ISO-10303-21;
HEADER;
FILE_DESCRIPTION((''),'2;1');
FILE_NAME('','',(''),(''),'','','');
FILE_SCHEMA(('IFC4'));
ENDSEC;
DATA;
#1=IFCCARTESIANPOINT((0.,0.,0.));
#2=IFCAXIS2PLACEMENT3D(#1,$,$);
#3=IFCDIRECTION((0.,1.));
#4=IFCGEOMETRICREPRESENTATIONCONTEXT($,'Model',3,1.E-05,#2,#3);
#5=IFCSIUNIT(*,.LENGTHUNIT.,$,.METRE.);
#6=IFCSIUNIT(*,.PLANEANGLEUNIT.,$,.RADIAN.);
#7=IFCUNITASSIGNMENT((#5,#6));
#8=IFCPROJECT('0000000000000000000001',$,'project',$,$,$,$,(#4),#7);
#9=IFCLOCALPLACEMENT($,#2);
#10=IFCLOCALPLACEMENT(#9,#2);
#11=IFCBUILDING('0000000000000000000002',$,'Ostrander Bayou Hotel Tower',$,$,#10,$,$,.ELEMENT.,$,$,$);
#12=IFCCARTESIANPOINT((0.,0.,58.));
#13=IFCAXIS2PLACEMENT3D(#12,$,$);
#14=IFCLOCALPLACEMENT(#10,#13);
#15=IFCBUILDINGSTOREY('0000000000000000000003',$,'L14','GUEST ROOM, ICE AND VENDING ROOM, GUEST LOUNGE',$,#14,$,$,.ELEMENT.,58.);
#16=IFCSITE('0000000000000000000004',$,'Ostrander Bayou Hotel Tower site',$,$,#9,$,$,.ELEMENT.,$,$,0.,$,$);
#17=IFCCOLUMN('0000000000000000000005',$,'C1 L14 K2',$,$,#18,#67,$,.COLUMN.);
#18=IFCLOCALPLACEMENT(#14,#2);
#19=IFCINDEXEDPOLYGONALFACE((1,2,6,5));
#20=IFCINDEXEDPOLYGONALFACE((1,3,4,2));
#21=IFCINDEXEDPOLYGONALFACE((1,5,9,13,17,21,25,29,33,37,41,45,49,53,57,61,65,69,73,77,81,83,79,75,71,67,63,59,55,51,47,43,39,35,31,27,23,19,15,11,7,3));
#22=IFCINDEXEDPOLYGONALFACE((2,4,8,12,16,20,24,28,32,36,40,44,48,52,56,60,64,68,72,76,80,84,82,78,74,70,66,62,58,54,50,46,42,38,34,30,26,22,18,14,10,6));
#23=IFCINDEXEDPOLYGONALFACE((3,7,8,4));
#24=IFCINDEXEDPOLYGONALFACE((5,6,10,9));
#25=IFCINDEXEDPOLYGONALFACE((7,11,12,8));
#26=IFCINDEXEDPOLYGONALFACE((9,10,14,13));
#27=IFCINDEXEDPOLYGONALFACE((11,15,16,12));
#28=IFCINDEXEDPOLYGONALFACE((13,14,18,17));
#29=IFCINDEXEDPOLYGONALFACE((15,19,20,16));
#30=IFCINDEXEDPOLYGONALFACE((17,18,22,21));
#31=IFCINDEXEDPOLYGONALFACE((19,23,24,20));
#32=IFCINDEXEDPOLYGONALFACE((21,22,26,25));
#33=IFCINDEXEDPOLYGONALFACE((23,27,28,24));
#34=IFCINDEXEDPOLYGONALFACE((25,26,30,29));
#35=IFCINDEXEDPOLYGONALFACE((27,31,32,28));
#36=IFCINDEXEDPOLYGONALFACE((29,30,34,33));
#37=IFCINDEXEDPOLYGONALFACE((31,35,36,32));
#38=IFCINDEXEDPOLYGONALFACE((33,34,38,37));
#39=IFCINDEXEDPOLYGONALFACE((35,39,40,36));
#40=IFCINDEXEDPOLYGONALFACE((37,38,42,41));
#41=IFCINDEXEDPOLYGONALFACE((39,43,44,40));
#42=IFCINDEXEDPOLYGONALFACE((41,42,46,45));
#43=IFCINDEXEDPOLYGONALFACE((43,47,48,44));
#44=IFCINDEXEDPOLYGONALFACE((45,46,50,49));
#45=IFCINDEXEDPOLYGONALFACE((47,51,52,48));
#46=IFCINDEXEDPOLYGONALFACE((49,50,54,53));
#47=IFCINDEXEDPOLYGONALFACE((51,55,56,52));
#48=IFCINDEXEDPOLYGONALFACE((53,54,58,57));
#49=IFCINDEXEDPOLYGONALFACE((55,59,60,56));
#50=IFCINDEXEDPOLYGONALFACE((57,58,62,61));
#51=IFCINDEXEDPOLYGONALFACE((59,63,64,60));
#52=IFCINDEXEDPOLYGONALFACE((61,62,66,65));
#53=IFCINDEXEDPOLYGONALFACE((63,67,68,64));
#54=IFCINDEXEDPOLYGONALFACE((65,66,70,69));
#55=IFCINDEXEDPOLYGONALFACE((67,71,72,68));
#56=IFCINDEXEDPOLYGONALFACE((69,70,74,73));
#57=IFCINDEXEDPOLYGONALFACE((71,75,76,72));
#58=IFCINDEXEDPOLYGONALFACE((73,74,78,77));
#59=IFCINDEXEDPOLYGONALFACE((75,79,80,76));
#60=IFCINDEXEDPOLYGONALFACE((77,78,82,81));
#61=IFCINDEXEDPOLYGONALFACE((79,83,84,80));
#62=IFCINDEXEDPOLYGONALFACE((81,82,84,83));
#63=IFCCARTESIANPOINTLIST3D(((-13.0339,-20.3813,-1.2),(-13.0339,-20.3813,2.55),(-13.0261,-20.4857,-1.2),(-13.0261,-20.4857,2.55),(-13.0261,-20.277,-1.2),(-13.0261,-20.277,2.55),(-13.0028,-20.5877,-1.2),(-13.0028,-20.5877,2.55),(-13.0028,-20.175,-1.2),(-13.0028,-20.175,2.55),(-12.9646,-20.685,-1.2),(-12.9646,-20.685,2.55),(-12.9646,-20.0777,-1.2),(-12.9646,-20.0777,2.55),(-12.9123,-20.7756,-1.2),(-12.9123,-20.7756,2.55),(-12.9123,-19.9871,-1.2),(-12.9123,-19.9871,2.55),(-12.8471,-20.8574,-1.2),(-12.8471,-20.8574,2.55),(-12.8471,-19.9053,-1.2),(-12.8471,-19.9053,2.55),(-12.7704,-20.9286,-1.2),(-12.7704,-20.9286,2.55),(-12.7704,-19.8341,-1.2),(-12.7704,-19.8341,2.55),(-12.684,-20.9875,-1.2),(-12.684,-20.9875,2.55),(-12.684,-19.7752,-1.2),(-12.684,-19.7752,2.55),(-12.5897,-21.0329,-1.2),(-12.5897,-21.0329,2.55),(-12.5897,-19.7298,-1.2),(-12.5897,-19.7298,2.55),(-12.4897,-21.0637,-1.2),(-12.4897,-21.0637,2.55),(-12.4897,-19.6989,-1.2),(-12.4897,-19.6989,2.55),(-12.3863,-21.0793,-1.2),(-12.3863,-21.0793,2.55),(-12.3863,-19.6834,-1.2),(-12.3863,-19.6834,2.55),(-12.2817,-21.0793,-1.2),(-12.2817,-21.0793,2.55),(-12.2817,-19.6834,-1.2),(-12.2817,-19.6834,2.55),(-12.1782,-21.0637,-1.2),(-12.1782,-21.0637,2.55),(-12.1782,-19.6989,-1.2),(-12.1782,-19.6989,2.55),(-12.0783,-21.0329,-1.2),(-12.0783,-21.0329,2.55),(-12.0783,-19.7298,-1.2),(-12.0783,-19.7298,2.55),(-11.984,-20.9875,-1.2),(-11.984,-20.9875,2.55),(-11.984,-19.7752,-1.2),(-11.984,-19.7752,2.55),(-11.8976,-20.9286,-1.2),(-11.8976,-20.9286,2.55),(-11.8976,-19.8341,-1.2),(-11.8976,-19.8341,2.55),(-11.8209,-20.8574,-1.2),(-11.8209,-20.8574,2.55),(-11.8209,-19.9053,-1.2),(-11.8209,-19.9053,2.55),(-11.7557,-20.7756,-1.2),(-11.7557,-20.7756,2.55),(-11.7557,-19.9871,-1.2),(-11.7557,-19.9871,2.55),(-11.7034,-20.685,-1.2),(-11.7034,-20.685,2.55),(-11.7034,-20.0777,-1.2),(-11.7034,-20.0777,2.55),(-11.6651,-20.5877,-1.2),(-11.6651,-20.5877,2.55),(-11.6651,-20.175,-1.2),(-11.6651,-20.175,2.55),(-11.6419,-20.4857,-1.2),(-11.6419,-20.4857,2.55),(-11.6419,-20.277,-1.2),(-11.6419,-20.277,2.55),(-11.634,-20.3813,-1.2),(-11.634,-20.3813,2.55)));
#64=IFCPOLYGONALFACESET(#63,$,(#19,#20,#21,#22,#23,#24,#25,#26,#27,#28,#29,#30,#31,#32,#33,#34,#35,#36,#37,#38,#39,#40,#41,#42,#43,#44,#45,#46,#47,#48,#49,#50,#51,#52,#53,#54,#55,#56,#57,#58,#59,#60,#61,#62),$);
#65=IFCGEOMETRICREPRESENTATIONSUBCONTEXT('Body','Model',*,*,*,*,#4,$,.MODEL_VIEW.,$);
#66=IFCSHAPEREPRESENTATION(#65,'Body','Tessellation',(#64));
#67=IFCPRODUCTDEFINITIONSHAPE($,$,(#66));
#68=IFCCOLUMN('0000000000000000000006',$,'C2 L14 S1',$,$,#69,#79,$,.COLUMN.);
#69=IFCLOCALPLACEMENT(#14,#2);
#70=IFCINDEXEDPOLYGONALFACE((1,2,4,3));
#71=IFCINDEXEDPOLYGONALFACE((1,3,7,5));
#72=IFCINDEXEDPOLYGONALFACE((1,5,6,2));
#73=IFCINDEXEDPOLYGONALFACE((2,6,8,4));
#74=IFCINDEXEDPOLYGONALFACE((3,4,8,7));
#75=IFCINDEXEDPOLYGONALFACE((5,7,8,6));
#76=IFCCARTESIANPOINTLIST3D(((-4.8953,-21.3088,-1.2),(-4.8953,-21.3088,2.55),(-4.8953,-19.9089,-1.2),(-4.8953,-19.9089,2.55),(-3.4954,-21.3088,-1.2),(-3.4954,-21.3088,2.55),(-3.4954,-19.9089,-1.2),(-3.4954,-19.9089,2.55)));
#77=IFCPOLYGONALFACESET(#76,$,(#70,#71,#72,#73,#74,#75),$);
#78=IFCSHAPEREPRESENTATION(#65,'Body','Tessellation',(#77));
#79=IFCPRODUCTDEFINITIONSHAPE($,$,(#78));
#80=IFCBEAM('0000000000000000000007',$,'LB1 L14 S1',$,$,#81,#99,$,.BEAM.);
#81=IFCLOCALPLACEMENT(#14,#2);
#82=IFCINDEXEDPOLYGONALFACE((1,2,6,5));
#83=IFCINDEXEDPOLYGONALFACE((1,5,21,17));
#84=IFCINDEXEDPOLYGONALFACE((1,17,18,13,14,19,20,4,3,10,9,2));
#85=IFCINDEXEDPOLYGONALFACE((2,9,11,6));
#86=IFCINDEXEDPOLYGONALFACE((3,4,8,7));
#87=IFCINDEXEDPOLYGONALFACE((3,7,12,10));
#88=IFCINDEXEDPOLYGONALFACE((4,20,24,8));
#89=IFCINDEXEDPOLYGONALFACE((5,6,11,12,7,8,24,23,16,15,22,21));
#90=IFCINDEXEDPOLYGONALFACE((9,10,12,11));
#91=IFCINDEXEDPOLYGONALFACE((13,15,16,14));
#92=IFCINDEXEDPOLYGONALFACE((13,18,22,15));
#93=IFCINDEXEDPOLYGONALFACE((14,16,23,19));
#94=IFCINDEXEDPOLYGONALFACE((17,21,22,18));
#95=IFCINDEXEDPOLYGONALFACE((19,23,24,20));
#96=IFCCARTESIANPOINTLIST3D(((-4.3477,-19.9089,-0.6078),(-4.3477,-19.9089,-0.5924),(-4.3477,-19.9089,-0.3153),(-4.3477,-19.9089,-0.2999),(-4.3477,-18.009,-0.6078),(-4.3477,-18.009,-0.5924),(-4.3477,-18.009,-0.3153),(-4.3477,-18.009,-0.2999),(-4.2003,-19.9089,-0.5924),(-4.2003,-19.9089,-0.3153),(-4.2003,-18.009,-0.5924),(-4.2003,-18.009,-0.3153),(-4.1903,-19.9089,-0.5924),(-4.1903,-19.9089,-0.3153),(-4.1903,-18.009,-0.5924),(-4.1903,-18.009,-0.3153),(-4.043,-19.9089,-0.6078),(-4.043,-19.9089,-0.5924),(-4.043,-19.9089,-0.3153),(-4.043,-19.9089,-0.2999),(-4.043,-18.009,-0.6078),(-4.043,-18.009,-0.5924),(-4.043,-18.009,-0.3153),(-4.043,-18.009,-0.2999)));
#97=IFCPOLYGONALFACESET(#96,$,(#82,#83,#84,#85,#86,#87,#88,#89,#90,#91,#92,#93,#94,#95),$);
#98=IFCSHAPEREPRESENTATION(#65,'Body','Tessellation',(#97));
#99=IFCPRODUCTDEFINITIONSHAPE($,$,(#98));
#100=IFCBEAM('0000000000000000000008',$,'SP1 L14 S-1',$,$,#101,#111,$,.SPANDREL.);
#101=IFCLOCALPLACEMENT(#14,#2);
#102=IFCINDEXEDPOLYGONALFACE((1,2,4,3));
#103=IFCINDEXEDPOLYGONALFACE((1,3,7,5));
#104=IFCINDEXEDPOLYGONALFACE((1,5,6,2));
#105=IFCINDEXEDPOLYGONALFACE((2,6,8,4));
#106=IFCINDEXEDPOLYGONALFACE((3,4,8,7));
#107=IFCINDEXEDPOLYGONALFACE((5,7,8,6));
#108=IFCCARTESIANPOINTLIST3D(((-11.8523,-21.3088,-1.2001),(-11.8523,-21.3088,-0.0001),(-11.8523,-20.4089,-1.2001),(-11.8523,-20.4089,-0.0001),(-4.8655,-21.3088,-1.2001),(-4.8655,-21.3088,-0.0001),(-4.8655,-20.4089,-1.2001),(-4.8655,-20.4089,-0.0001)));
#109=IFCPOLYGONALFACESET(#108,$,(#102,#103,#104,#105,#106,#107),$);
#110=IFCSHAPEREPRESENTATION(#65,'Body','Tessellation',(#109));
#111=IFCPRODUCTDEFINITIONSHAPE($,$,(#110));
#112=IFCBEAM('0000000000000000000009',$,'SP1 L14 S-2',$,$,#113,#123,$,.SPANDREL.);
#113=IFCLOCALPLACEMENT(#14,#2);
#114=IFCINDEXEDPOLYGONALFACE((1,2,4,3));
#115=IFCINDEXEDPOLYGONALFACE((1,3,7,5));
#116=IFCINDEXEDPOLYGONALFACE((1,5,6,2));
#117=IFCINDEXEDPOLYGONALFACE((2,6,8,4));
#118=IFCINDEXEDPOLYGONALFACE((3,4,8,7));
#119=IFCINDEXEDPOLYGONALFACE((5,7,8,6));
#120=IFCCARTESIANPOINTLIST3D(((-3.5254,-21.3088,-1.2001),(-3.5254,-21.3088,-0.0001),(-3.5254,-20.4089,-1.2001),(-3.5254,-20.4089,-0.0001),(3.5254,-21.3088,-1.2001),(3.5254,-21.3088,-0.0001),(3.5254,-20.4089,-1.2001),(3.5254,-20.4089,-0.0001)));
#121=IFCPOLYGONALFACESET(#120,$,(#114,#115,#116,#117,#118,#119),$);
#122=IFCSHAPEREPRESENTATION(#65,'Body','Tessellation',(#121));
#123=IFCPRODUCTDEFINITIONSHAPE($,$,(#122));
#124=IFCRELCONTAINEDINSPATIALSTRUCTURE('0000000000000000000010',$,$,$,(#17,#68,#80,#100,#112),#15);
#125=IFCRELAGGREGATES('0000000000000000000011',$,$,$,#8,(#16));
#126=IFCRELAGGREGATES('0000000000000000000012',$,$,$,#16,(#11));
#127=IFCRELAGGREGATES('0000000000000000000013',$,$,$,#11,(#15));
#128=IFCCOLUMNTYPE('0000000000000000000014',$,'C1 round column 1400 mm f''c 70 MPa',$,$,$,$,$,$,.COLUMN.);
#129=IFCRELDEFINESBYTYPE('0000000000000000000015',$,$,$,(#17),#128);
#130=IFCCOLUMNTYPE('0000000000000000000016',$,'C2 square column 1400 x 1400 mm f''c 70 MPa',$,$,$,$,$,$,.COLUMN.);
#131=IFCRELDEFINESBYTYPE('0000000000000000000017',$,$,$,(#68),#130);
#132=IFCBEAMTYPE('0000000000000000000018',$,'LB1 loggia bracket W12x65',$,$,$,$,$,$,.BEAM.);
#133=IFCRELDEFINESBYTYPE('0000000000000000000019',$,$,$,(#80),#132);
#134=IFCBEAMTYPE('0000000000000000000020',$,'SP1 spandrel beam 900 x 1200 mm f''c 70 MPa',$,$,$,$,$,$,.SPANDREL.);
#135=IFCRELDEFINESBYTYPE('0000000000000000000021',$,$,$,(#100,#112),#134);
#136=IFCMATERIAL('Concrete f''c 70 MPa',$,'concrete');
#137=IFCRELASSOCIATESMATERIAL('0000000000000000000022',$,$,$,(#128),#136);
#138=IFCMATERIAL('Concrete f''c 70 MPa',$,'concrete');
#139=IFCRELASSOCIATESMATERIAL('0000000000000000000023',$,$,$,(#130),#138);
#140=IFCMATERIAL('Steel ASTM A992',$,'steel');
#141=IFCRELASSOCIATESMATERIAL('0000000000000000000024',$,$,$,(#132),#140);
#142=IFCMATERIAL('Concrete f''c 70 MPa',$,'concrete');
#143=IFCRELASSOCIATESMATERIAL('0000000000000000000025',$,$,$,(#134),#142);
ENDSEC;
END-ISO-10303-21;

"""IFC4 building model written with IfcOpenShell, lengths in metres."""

from ifc_helpers import new_model, si_unit, direction, frame, origin, origin_2d, place, context, subcontext, project, spatial, rectangle, circle, i_section, extrude, material, material_profile, profile_set, type_object, element, save


model = new_model("IFC4")

# Units and contexts
model_context = context("Model", 3, precision=1e-05, world=origin(), true_north=direction((0.0, 1.0)))
body_context = subcontext(model_context, "Body", "Model", "MODEL_VIEW")
ifc_project = project(units=[si_unit("LENGTHUNIT", "METRE"), si_unit("PLANEANGLEUNIT", "RADIAN")], contexts=[model_context])

# Site, building, storey
site_placement = place(None, origin())
site = spatial("IfcSite", under=ifc_project, at=site_placement, Name="Ostrander Bayou Hotel Tower site", CompositionType="ELEMENT", RefElevation=0.0)
building_placement = place(site_placement, origin())
building = spatial("IfcBuilding", under=site, at=building_placement, Name="Ostrander Bayou Hotel Tower", CompositionType="ELEMENT")
storey_placement = place(building_placement, frame((0.0, 0.0, 58.0)))
storey = spatial("IfcBuildingStorey", under=building, at=storey_placement, Name="L14", Description="GUEST ROOM, ICE AND VENDING ROOM, GUEST LOUNGE", CompositionType="ELEMENT", Elevation=58.0)

# Columns
ifc_material_1 = material(Name="Concrete f'c 70 MPa", Category="concrete")
ifc_material_profile_1 = material_profile(ifc_material_1, circle(Radius=0.7, at=origin_2d()))
ifc_profile_set_1 = profile_set([ifc_material_profile_1], Name="Concrete f'c 70 MPa")
column_type_1 = type_object("IfcColumnType", Name="C1 round column 1400 mm f'c 70 MPa", PredefinedType="COLUMN", material=ifc_profile_set_1)
column_1_placement = place(storey_placement, frame((-12.334, -20.3813, -1.2), z_axis=(0.0, 0.0, 1.0), x_axis=(1.0, 0.0, 0.0)))
element("IfcColumn", 1, at=column_1_placement, inside=storey, type_object=column_type_1, Name="C1 L14 K2", PredefinedType="COLUMN", context=body_context, shape_type="SweptSolid", body=[
    extrude(circle(Radius=0.7, at=origin_2d()), origin(), (0.0, 0.0, 1.0), 3.75),
])
ifc_material_2 = material(Name="Concrete f'c 70 MPa", Category="concrete")
ifc_material_profile_2 = material_profile(ifc_material_2, rectangle(XDim=1.3999, YDim=1.3999, at=origin_2d()))
ifc_profile_set_2 = profile_set([ifc_material_profile_2], Name="Concrete f'c 70 MPa")
column_type_2 = type_object("IfcColumnType", Name="C2 square column 1400 x 1400 mm f'c 70 MPa", PredefinedType="COLUMN", material=ifc_profile_set_2)
column_2_placement = place(storey_placement, frame((-4.1953, -20.6089, -1.2), z_axis=(0.0, 0.0, 1.0), x_axis=(-1.0, 0.0, 0.0)))
element("IfcColumn", 2, at=column_2_placement, inside=storey, type_object=column_type_2, Name="C2 L14 S1", PredefinedType="COLUMN", context=body_context, shape_type="SweptSolid", body=[
    extrude(rectangle(XDim=1.3999, YDim=1.3999, at=origin_2d()), origin(), (0.0, 0.0, 1.0), 3.75),
])

# Beams
ifc_material_3 = material(Name="Steel ASTM A992", Category="steel")
ifc_material_profile_3 = material_profile(ifc_material_3, i_section(OverallWidth=0.3047, OverallDepth=0.3079, WebThickness=0.01, FlangeThickness=0.0154, at=origin_2d()))
ifc_profile_set_3 = profile_set([ifc_material_profile_3], Name="Steel ASTM A992")
beam_type_1 = type_object("IfcBeamType", Name="LB1 loggia bracket W12x65", PredefinedType="BEAM", material=ifc_profile_set_3)
beam_1_placement = place(storey_placement, frame((-4.1953, -19.9089, -0.4539), z_axis=(0.0, 1.0, 0.0), x_axis=(-1.0, 0.0, 0.0)))
element("IfcBeam", 3, at=beam_1_placement, inside=storey, type_object=beam_type_1, Name="LB1 L14 S1", PredefinedType="BEAM", context=body_context, shape_type="SweptSolid", body=[
    extrude(i_section(OverallWidth=0.3047, OverallDepth=0.3079, WebThickness=0.01, FlangeThickness=0.0154, at=origin_2d()), origin(), (0.0, 0.0, 1.0), 1.8999),
])
ifc_material_4 = material(Name="Concrete f'c 70 MPa", Category="concrete")
ifc_material_profile_4 = material_profile(ifc_material_4, rectangle(XDim=0.8999, YDim=1.2, at=origin_2d()))
ifc_profile_set_4 = profile_set([ifc_material_profile_4], Name="Concrete f'c 70 MPa")
beam_type_2 = type_object("IfcBeamType", Name="SP1 spandrel beam 900 x 1200 mm f'c 70 MPa", PredefinedType="SPANDREL", material=ifc_profile_set_4)
beam_2_placement = place(storey_placement, frame((-11.8523, -20.8589, -0.6001), z_axis=(1.0, 0.0, 0.0), x_axis=(0.0, 1.0, 0.0)))
element("IfcBeam", 4, at=beam_2_placement, inside=storey, type_object=beam_type_2, Name="SP1 L14 S-1", PredefinedType="SPANDREL", context=body_context, shape_type="SweptSolid", body=[
    extrude(rectangle(XDim=0.8999, YDim=1.2, at=origin_2d()), origin(), (0.0, 0.0, 1.0), 6.9868),
])
beam_3_placement = place(storey_placement, frame((-3.5254, -20.8589, -0.6001), z_axis=(1.0, 0.0, 0.0), x_axis=(0.0, 1.0, 0.0)))
element("IfcBeam", 5, at=beam_3_placement, inside=storey, type_object=beam_type_2, Name="SP1 L14 S-2", PredefinedType="SPANDREL", context=body_context, shape_type="SweptSolid", body=[
    extrude(rectangle(XDim=0.8999, YDim=1.2, at=origin_2d()), origin(), (0.0, 0.0, 1.0), 7.0508),
])

save(model, "model.ifc")
